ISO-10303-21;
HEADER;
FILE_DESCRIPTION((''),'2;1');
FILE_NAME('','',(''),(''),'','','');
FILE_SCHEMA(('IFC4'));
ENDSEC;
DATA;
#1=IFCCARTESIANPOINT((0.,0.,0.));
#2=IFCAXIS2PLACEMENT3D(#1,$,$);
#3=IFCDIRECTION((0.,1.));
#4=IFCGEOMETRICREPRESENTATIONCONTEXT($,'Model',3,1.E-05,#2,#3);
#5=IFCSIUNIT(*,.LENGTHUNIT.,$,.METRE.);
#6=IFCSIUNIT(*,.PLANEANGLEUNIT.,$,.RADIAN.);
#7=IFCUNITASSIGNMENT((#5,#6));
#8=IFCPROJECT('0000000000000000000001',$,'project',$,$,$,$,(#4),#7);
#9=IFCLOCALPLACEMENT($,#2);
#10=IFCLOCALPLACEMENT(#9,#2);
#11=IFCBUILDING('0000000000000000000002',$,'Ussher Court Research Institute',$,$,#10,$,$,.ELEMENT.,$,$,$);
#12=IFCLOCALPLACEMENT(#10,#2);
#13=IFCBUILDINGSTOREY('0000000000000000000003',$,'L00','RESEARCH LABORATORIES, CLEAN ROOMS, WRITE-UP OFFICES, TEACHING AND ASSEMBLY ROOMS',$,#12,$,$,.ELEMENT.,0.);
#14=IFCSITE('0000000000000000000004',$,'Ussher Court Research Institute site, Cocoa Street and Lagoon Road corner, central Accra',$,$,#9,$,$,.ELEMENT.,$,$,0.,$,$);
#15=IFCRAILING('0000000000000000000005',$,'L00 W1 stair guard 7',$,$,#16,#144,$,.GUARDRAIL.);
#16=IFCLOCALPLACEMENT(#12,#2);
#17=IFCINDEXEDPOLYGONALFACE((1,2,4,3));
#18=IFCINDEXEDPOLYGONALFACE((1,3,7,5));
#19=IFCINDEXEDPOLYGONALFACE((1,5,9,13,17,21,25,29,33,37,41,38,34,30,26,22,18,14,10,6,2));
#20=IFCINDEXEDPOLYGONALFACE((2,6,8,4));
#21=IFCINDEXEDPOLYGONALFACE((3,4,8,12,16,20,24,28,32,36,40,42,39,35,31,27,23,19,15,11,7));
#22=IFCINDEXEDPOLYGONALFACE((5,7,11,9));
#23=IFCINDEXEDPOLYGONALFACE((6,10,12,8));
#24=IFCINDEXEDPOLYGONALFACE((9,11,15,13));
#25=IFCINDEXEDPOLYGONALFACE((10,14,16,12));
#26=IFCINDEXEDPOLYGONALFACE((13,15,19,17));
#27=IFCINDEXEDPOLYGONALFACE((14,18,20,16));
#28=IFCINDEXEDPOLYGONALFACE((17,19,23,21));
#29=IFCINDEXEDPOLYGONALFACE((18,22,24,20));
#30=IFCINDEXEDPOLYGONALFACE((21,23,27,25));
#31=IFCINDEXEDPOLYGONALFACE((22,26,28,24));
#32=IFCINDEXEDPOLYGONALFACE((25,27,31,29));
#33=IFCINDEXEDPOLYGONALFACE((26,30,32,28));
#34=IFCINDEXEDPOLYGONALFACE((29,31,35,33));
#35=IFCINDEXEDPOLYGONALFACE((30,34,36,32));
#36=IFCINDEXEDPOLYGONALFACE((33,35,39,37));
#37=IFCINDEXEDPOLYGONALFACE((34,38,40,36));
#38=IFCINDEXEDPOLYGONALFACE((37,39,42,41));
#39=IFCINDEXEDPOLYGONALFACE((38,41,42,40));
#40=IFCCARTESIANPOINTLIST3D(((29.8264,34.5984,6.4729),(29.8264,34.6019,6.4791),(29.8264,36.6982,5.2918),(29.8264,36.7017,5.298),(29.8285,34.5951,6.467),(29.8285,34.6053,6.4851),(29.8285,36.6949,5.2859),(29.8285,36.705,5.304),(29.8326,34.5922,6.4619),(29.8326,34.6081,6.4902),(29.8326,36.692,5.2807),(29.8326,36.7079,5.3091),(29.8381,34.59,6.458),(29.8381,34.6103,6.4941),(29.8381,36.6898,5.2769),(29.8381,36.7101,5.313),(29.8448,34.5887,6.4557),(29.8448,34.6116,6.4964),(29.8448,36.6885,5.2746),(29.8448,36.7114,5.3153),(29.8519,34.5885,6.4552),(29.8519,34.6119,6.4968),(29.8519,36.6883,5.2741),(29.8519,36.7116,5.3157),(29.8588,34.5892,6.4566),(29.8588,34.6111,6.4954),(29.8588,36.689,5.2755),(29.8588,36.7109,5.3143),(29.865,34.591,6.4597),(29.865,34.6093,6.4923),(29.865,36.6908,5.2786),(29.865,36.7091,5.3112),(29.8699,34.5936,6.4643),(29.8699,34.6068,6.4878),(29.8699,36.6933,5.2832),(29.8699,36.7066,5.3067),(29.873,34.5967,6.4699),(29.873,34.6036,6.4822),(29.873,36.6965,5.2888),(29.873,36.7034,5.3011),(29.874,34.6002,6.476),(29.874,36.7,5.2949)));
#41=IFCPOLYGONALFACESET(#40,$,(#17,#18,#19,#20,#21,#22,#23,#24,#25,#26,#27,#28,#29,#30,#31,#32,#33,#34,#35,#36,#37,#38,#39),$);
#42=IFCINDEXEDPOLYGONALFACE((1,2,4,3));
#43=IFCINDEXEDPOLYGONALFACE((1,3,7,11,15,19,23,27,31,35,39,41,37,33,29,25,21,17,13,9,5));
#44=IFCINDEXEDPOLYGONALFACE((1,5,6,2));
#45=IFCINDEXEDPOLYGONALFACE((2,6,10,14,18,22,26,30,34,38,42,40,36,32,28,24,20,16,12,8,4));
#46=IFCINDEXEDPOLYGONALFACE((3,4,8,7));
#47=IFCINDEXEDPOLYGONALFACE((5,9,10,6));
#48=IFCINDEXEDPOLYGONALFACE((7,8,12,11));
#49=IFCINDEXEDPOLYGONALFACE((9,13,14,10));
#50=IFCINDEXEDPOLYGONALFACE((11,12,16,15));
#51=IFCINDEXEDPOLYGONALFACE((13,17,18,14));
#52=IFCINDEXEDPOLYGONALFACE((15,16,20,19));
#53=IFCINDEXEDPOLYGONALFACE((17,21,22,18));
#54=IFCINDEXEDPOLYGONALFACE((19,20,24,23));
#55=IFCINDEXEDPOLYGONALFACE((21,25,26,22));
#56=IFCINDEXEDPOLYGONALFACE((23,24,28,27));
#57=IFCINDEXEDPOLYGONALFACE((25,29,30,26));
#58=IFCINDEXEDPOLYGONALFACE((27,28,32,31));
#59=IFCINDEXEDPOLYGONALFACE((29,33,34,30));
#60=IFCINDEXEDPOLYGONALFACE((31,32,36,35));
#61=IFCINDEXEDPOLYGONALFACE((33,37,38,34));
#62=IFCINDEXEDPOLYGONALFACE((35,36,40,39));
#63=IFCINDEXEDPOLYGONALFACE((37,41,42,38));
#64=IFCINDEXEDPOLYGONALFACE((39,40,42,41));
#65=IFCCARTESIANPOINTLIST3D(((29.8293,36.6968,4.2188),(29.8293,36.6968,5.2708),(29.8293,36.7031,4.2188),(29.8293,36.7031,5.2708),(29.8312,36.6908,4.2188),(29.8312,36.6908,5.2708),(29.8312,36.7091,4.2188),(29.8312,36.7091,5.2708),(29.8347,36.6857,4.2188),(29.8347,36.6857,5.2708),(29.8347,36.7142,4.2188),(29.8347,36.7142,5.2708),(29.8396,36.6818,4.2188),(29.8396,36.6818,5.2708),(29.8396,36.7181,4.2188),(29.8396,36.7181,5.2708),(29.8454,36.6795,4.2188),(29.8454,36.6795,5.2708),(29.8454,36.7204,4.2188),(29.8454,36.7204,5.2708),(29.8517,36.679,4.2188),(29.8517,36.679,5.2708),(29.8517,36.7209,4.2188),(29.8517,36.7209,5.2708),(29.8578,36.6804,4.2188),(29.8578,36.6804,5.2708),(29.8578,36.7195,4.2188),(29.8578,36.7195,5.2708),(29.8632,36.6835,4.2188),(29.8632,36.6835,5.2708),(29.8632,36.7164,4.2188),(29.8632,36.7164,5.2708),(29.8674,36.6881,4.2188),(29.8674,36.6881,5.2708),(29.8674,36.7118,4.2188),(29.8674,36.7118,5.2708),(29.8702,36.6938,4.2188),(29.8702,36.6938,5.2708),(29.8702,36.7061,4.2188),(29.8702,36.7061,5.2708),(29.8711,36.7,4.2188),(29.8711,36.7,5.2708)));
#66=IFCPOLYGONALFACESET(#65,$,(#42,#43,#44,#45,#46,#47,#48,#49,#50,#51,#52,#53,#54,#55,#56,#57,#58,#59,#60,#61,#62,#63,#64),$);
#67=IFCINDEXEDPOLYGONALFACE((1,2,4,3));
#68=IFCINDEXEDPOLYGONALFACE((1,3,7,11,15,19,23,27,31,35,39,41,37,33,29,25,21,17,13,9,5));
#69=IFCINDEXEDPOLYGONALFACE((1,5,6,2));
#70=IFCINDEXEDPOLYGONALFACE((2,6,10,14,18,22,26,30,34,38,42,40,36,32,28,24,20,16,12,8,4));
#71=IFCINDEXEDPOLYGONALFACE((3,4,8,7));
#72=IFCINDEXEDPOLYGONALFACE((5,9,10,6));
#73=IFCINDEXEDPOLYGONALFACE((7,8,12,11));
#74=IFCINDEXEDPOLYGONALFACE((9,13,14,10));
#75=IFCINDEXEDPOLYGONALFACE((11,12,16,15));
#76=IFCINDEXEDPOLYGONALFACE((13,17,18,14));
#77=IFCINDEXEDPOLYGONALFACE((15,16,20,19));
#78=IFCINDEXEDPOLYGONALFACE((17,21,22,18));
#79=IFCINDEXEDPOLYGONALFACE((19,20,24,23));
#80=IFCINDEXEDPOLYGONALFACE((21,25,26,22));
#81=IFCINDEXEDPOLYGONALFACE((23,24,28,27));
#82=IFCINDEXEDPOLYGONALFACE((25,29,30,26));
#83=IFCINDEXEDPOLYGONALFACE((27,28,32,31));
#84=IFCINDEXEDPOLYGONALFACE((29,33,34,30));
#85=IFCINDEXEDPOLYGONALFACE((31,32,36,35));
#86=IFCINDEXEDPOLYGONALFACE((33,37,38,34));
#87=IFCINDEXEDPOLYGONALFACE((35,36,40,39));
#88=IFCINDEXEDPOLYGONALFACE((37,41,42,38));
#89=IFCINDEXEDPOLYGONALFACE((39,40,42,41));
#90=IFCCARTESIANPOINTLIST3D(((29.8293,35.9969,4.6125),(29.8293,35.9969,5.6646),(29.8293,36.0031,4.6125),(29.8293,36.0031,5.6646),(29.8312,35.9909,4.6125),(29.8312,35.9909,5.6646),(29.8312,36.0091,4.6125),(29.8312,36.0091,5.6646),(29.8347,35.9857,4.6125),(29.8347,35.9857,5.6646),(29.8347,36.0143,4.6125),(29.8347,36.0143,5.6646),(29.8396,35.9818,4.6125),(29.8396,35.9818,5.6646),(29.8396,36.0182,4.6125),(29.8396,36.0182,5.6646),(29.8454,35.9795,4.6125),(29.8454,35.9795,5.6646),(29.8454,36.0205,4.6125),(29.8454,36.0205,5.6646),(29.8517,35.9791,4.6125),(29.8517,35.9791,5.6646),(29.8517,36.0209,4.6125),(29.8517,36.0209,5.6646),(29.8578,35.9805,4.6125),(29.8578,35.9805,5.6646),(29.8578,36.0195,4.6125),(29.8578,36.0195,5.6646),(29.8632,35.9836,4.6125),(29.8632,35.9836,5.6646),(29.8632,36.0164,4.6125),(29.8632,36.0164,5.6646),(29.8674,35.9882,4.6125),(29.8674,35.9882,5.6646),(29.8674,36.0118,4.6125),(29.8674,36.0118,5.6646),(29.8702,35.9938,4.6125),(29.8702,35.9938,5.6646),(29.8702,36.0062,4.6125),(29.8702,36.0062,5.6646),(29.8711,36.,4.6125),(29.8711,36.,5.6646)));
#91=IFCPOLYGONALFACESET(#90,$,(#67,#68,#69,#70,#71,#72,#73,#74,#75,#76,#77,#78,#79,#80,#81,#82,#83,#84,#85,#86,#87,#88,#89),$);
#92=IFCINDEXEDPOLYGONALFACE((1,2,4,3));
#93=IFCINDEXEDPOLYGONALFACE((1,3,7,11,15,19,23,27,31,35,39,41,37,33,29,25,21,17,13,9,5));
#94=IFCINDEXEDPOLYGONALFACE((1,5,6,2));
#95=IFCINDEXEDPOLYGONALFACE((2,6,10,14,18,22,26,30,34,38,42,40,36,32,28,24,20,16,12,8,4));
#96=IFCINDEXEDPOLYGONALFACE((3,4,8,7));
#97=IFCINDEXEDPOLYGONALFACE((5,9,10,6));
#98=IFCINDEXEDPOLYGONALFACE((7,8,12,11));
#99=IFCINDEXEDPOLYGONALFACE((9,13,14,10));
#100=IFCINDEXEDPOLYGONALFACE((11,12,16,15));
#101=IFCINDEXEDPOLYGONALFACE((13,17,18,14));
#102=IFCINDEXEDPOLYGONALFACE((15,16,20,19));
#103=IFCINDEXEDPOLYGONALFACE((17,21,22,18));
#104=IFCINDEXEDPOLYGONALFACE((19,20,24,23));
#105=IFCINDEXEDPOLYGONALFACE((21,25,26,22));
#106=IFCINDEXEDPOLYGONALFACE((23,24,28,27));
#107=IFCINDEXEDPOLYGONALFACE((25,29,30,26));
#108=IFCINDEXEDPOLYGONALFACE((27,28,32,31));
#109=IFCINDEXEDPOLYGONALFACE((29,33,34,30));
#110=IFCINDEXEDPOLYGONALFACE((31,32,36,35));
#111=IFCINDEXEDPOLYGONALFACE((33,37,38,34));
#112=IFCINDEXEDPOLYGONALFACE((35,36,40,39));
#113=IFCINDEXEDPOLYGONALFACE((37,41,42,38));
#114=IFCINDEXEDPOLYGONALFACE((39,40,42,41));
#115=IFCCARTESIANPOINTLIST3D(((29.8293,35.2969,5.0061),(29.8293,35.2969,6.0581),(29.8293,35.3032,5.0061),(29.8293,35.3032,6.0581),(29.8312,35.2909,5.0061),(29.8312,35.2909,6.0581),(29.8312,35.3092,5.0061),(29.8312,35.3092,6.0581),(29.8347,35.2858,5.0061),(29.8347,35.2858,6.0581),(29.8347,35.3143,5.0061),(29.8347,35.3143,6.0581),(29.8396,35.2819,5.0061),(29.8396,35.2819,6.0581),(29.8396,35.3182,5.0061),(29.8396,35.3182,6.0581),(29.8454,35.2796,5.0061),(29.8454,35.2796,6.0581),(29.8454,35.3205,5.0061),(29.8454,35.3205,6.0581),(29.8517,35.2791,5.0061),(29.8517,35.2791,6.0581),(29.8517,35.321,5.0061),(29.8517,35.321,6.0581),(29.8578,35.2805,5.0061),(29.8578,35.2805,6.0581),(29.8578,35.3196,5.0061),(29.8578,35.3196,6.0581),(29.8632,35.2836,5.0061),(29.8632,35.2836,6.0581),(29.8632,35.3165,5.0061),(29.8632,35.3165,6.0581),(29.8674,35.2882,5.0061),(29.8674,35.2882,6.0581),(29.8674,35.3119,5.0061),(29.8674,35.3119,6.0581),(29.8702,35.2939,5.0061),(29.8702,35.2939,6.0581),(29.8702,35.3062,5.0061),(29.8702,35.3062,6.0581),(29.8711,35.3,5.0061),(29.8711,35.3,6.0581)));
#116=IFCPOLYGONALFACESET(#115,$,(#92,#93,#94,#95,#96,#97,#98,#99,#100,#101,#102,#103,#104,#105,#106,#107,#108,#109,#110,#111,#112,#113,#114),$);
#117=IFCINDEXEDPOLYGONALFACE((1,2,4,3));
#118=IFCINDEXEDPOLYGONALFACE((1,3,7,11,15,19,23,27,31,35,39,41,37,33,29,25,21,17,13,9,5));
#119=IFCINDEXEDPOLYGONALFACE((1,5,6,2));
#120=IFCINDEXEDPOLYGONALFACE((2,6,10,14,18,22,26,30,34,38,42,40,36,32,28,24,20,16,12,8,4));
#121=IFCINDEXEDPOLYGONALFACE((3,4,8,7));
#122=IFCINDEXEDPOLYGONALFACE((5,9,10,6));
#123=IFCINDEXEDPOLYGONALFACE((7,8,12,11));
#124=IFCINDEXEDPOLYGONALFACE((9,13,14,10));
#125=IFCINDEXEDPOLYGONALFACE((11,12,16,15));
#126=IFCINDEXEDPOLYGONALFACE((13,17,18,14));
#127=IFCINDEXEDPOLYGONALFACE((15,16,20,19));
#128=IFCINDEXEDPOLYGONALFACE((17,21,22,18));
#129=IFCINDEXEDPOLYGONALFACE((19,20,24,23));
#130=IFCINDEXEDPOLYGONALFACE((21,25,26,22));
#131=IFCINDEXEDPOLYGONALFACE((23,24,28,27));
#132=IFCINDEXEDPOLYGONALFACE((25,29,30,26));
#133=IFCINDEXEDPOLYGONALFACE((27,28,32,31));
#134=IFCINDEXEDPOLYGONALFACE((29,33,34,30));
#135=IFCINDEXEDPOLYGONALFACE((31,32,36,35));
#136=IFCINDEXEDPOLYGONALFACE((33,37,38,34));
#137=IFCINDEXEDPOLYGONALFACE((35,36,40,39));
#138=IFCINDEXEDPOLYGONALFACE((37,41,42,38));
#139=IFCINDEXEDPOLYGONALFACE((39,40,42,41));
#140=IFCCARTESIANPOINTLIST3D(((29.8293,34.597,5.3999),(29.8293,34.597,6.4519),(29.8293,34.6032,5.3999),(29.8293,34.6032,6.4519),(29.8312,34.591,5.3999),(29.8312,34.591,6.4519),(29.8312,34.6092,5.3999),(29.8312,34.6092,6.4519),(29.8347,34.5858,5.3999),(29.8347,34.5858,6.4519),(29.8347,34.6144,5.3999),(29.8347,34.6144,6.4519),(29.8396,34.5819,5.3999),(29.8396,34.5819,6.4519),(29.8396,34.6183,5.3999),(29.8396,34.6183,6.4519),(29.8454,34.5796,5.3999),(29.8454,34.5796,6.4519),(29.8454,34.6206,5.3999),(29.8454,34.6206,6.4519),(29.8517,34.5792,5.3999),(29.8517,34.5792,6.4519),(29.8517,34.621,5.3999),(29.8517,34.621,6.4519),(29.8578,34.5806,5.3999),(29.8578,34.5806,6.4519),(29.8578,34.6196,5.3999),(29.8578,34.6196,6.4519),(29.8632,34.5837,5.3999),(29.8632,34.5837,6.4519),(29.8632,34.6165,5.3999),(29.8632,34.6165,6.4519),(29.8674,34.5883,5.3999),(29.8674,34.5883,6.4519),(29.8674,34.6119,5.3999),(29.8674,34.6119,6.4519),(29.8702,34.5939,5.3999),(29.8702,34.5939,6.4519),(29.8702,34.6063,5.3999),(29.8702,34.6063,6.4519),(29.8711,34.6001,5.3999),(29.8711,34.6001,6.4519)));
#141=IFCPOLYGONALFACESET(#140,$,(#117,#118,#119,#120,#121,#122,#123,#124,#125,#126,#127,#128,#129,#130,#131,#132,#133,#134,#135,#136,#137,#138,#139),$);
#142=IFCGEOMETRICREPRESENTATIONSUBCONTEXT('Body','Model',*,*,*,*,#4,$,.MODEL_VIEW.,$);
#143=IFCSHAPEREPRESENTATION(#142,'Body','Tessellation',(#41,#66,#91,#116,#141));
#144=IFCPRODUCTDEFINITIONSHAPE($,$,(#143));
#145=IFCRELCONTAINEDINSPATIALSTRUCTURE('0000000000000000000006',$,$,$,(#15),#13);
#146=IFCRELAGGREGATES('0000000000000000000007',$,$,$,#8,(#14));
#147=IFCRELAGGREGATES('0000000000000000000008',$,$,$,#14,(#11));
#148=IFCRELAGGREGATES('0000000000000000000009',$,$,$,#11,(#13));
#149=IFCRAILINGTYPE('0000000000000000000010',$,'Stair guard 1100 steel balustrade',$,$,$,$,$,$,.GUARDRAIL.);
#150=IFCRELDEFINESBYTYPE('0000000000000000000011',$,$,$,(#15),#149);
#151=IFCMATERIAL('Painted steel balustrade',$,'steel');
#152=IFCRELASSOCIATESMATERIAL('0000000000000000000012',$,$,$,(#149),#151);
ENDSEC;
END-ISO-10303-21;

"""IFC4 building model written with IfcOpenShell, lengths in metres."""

from ifc_helpers import new_model, si_unit, direction, frame, origin, origin_2d, place, context, subcontext, project, spatial, circle, extrude, material, type_object, element, save


model = new_model("IFC4")

# Units and contexts
model_context = context("Model", 3, precision=1e-05, world=origin(), true_north=direction((0.0, 1.0)))
body_context = subcontext(model_context, "Body", "Model", "MODEL_VIEW")
ifc_project = project(units=[si_unit("LENGTHUNIT", "METRE"), si_unit("PLANEANGLEUNIT", "RADIAN")], contexts=[model_context])

# Site, building, storey
site_placement = place(None, origin())
site = spatial("IfcSite", under=ifc_project, at=site_placement, Name="Ussher Court Research Institute site, Cocoa Street and Lagoon Road corner, central Accra", CompositionType="ELEMENT", RefElevation=0.0)
building_placement = place(site_placement, origin())
building = spatial("IfcBuilding", under=site, at=building_placement, Name="Ussher Court Research Institute", CompositionType="ELEMENT")
storey_placement = place(building_placement, origin())
storey = spatial("IfcBuildingStorey", under=building, at=storey_placement, Name="L00", Description="RESEARCH LABORATORIES, CLEAN ROOMS, WRITE-UP OFFICES, TEACHING AND ASSEMBLY ROOMS", CompositionType="ELEMENT", Elevation=0.0)

# Railing
ifc_material_1 = material(Name="Painted steel balustrade", Category="steel")
railing_type_1 = type_object("IfcRailingType", Name="Stair guard 1100 steel balustrade", PredefinedType="GUARDRAIL", material=ifc_material_1)
railing_1_placement = place(storey_placement, frame((29.8501, 36.7, 4.2188)))
element("IfcRailing", 1, at=railing_1_placement, inside=storey, type_object=railing_type_1, Name="L00 W1 stair guard 7", PredefinedType="GUARDRAIL", context=body_context, shape_type="SweptSolid", body=[
    extrude(circle(Radius=0.0239, at=origin_2d()), frame((0.0, 0.0, 1.0762), z_axis=(0.0, -0.871578, 0.490256), x_axis=(1.0, 0.0, 0.0)), (0.0, 0.0, 1.0), 2.4092),
    extrude(circle(Radius=0.021, at=origin_2d()), origin(), (0.0, 0.0, 1.0), 1.052),
    extrude(circle(Radius=0.021, at=origin_2d()), frame((0.0, -0.7, 0.3938)), (0.0, 0.0, 1.0), 1.052),
    extrude(circle(Radius=0.021, at=origin_2d()), frame((0.0, -1.3999, 0.7874)), (0.0, 0.0, 1.0), 1.052),
    extrude(circle(Radius=0.021, at=origin_2d()), frame((0.0, -2.0999, 1.1812)), (0.0, 0.0, 1.0), 1.052),
])

save(model, "model.ifc")
